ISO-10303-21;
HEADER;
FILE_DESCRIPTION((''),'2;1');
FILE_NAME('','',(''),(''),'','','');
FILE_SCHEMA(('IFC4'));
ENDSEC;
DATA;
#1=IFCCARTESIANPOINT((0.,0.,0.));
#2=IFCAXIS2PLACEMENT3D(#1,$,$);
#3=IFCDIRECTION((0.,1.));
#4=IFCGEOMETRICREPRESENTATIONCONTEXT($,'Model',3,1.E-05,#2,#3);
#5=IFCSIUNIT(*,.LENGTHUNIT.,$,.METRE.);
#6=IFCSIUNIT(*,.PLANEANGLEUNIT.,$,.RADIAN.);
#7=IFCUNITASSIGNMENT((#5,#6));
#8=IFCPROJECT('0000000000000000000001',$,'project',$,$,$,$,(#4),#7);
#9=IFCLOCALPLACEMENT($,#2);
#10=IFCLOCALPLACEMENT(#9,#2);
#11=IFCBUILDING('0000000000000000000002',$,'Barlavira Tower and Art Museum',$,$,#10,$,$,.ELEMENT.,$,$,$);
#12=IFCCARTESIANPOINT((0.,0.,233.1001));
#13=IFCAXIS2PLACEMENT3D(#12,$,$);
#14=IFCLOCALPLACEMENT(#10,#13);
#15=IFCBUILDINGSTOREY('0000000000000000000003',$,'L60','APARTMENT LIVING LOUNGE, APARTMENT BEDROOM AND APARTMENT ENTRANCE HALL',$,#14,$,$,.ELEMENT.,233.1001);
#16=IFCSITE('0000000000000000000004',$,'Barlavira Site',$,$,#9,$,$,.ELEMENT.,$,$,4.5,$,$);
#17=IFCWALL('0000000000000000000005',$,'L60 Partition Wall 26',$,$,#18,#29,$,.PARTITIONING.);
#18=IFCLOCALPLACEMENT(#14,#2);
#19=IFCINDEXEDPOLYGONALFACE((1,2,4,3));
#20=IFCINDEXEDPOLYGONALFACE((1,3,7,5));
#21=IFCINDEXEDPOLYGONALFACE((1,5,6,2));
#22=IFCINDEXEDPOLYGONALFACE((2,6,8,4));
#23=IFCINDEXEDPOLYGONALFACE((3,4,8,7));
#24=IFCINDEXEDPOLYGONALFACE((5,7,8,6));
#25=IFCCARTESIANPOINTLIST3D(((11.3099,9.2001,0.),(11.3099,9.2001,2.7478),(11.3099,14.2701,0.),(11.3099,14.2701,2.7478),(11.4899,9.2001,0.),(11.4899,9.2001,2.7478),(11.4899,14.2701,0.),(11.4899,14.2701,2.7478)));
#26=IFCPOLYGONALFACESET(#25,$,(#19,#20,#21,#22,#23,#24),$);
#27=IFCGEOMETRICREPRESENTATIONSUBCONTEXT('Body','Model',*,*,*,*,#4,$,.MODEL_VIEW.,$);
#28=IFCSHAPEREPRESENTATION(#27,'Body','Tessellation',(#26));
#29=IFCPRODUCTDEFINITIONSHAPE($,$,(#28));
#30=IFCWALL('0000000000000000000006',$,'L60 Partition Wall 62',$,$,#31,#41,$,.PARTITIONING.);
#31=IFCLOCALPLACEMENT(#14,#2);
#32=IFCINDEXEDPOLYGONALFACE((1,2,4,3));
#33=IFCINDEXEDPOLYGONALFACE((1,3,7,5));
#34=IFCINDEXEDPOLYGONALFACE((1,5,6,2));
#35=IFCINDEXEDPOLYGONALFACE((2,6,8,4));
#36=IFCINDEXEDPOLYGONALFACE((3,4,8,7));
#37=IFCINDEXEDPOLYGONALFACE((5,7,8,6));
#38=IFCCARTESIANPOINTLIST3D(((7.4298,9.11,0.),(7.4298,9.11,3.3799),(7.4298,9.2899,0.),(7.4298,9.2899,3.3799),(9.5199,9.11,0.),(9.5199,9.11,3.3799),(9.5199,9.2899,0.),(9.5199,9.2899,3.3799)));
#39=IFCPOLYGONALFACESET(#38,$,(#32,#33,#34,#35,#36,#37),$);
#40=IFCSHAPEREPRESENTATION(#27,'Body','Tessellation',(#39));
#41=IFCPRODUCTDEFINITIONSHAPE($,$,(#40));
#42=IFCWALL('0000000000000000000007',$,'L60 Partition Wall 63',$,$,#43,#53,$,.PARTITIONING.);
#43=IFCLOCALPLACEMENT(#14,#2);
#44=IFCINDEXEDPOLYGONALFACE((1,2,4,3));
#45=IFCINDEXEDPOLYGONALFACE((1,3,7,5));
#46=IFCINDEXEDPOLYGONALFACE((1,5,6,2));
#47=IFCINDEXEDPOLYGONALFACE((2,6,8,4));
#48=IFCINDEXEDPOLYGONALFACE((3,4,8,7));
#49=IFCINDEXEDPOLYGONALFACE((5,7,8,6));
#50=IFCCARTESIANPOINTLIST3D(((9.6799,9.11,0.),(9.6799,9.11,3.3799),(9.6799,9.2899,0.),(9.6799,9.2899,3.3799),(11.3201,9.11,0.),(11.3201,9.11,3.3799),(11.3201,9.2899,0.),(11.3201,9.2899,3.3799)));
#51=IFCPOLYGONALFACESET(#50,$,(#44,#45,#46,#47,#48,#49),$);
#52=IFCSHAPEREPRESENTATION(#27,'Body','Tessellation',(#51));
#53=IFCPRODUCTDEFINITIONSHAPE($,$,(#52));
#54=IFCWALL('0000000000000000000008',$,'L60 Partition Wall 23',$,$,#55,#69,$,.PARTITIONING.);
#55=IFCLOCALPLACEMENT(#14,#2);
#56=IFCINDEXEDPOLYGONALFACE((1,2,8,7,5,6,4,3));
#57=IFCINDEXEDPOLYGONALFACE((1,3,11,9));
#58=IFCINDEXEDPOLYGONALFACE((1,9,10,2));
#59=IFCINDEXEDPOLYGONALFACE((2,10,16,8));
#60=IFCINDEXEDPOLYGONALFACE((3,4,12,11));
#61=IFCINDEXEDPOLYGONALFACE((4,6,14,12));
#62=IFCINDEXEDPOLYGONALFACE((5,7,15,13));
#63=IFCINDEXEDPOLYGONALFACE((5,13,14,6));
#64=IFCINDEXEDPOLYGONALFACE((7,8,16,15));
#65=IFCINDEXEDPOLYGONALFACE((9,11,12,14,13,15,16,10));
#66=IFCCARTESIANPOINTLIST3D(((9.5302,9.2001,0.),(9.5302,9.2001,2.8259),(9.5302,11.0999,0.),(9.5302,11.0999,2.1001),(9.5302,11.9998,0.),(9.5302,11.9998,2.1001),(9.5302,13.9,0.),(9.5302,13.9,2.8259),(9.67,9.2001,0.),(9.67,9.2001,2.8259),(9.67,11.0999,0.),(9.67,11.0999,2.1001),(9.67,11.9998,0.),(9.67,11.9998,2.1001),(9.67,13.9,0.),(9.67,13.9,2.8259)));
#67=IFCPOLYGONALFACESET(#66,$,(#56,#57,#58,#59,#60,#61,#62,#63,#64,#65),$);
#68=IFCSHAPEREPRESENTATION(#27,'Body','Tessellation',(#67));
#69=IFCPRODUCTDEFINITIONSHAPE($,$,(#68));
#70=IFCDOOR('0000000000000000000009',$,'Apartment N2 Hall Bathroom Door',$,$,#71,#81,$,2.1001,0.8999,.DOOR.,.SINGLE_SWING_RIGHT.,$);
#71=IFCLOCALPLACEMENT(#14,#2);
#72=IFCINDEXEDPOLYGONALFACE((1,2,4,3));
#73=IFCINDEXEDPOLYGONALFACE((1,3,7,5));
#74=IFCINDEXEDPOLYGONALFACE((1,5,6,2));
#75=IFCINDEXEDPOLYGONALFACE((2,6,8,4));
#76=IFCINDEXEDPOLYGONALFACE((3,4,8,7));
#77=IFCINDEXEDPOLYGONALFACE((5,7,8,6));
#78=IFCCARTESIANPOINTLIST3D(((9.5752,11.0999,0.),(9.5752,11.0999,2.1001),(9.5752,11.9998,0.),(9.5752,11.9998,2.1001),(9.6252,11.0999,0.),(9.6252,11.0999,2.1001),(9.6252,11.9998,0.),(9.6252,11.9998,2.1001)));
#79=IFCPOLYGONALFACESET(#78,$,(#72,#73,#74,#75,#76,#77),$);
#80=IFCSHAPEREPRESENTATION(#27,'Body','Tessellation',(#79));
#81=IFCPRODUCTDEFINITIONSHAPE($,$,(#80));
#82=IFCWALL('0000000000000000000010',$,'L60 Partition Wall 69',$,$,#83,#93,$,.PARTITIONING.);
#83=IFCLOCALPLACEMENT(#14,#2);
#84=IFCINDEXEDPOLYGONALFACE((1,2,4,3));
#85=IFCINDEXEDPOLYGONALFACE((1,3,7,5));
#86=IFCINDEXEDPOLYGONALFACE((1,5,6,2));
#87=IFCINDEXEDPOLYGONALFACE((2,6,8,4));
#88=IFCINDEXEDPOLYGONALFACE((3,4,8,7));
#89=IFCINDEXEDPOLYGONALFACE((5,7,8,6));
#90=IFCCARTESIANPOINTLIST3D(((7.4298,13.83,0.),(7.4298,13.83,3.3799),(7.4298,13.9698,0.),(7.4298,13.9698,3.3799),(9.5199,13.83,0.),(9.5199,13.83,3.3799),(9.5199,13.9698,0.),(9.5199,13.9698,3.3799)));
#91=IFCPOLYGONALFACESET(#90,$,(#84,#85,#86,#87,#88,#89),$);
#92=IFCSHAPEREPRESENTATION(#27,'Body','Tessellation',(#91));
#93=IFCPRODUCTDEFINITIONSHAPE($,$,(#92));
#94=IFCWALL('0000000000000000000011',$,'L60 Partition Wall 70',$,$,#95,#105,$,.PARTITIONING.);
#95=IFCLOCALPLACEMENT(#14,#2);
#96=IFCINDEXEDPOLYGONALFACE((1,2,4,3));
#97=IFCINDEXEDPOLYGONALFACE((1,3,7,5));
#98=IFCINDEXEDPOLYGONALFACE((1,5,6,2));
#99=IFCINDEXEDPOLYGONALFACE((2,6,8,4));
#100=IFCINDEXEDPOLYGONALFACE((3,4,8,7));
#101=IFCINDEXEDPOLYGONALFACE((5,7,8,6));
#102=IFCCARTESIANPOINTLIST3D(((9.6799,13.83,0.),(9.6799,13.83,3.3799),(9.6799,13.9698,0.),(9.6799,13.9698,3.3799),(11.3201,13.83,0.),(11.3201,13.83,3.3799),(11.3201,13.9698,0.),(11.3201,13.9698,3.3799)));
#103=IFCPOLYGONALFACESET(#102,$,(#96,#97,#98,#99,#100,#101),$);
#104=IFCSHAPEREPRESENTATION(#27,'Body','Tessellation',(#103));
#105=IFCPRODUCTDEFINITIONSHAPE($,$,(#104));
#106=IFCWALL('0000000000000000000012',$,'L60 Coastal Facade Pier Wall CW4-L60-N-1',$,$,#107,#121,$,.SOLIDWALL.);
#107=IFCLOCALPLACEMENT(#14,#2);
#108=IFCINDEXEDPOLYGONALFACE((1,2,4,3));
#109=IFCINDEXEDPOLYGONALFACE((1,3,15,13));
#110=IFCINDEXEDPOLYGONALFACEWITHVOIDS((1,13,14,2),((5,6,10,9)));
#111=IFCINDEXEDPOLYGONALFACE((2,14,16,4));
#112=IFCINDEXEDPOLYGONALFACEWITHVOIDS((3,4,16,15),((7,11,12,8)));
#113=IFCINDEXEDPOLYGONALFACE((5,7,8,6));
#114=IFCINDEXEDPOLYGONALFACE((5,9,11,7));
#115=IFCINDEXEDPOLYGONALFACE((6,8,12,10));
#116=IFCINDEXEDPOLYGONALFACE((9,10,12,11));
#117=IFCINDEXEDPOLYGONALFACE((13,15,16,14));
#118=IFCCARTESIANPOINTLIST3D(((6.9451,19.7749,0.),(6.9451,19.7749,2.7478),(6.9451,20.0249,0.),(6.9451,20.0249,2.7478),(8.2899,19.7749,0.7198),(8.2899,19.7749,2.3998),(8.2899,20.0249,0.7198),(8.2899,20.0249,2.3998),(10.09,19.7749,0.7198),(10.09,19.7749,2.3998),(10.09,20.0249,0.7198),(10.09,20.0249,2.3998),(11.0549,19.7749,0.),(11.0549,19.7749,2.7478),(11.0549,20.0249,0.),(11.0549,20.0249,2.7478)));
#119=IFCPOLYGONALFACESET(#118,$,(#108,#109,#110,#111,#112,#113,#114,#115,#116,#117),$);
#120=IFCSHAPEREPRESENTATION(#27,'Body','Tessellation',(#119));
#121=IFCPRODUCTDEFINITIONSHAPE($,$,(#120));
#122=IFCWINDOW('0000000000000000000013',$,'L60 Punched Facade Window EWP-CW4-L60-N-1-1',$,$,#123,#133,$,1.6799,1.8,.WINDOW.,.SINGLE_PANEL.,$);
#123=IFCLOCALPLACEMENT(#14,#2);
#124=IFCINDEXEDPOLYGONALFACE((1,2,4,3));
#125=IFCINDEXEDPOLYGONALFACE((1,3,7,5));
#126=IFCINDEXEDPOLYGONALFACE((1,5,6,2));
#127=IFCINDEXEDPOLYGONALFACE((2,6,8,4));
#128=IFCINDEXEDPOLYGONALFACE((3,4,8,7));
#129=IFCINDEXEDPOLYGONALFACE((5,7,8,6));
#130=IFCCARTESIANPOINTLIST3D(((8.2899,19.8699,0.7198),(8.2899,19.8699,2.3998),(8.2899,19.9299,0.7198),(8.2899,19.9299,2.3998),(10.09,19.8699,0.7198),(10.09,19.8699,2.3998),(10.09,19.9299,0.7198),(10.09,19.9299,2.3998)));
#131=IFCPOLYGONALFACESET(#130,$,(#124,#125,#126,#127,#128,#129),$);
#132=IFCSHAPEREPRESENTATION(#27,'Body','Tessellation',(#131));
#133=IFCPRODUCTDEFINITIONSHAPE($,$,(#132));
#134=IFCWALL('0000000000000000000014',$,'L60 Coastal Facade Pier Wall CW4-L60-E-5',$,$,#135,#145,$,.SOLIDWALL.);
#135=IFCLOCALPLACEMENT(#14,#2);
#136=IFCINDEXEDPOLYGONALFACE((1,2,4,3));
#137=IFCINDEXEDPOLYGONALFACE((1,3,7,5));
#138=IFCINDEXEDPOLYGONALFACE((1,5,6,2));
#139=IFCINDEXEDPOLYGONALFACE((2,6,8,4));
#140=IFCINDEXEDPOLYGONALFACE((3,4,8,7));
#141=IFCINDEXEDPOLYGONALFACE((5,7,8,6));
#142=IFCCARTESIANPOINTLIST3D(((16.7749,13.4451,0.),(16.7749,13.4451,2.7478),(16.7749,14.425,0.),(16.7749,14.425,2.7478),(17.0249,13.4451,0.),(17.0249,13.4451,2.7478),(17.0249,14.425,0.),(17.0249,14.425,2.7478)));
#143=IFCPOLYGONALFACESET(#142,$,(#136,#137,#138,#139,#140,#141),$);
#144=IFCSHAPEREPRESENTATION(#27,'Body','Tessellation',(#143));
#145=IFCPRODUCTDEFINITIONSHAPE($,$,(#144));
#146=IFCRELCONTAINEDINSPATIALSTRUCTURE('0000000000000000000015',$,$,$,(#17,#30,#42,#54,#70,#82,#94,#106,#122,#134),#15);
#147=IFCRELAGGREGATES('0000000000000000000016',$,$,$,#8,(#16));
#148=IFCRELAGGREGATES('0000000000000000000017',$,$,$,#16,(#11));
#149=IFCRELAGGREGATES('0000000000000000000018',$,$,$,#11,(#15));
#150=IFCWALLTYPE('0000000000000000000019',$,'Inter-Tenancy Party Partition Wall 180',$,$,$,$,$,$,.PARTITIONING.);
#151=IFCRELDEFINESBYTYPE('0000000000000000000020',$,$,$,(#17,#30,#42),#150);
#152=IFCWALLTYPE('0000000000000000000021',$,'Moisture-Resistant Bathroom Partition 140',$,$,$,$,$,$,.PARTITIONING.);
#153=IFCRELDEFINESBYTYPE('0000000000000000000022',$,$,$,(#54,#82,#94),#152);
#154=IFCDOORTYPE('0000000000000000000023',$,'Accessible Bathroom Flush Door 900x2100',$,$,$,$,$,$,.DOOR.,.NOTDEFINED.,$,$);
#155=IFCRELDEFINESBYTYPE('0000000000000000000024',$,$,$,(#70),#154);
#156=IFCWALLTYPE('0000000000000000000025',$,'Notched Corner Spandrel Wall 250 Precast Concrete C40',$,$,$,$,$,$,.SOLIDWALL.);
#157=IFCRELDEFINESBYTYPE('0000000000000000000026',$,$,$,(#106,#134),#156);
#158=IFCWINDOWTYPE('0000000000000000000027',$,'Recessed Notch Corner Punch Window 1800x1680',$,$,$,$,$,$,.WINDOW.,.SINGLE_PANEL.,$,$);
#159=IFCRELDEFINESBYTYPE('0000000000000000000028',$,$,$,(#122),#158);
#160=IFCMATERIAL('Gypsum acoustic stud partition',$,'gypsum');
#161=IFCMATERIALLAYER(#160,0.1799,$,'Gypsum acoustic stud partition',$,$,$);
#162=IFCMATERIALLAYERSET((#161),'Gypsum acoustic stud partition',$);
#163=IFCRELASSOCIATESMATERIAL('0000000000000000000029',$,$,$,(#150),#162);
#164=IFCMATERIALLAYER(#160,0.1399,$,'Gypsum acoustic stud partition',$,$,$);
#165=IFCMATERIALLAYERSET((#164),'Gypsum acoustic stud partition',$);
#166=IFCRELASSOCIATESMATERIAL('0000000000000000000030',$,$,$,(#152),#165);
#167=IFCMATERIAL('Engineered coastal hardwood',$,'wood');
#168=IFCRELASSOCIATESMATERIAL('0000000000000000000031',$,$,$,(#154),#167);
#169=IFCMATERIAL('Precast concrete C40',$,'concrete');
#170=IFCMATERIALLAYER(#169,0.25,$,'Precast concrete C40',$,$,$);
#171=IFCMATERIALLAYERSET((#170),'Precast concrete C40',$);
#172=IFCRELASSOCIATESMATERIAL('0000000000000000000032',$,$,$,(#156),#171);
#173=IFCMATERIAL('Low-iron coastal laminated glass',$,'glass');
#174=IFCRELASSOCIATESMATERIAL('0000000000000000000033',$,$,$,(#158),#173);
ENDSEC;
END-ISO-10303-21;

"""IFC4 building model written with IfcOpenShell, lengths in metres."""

from ifc_helpers import new_model, si_unit, direction, frame, frame_2d, origin, place, context, subcontext, project, spatial, rectangle, extrude, material, layer, layer_set, type_object, element, fill, save


model = new_model("IFC4")

# Units and contexts
model_context = context("Model", 3, precision=1e-05, world=origin(), true_north=direction((0.0, 1.0)))
body_context = subcontext(model_context, "Body", "Model", "MODEL_VIEW")
ifc_project = project(units=[si_unit("LENGTHUNIT", "METRE"), si_unit("PLANEANGLEUNIT", "RADIAN")], contexts=[model_context])

# Site, building, storey
site_placement = place(None, origin())
site = spatial("IfcSite", under=ifc_project, at=site_placement, Name="Barlavira Site", CompositionType="ELEMENT", RefElevation=4.5)
building_placement = place(site_placement, origin())
building = spatial("IfcBuilding", under=site, at=building_placement, Name="Barlavira Tower and Art Museum", CompositionType="ELEMENT")
storey_placement = place(building_placement, frame((0.0, 0.0, 233.1001)))
storey = spatial("IfcBuildingStorey", under=building, at=storey_placement, Name="L60", Description="APARTMENT LIVING LOUNGE, APARTMENT BEDROOM AND APARTMENT ENTRANCE HALL", CompositionType="ELEMENT", Elevation=233.1001)

# Shared definitions
ifc_material_1 = material(Name="Gypsum acoustic stud partition", Category="gypsum")
ifc_material_2 = material(Name="Engineered coastal hardwood", Category="wood")

# Walls
ifc_layer_1 = layer(ifc_material_1, 0.1799, Name="Gypsum acoustic stud partition")
ifc_layer_set_1 = layer_set([ifc_layer_1], Name="Gypsum acoustic stud partition")
wall_type_1 = type_object("IfcWallType", Name="Inter-Tenancy Party Partition Wall 180", PredefinedType="PARTITIONING", material=ifc_layer_set_1)
wall_1_placement = place(storey_placement, frame((11.3999, 9.2, 0.0), z_axis=(0.0, 0.0, 1.0), x_axis=(0.0, 1.0, 0.0)))
element("IfcWall", 1, at=wall_1_placement, inside=storey, type_object=wall_type_1, Name="L60 Partition Wall 26", PredefinedType="PARTITIONING", context=body_context, shape_type="SweptSolid", body=[
    extrude(rectangle(XDim=5.0701, YDim=0.1799, at=frame_2d((2.5352, 0.0))), origin(), (0.0, 0.0, 1.0), 2.7478),
])
wall_2_placement = place(storey_placement, frame((7.4299, 9.2, 0.0), z_axis=(0.0, 0.0, 1.0), x_axis=(1.0, 0.0, 0.0)))
element("IfcWall", 2, at=wall_2_placement, inside=storey, type_object=wall_type_1, Name="L60 Partition Wall 62", PredefinedType="PARTITIONING", context=body_context, shape_type="SweptSolid", body=[
    extrude(rectangle(XDim=2.0901, YDim=0.1799, at=frame_2d((1.0449, 0.0))), origin(), (0.0, 0.0, 1.0), 3.3799),
])
wall_3_placement = place(storey_placement, frame((9.6799, 9.2, 0.0), z_axis=(0.0, 0.0, 1.0), x_axis=(1.0, 0.0, 0.0)))
element("IfcWall", 3, at=wall_3_placement, inside=storey, type_object=wall_type_1, Name="L60 Partition Wall 63", PredefinedType="PARTITIONING", context=body_context, shape_type="SweptSolid", body=[
    extrude(rectangle(XDim=1.6401, YDim=0.1799, at=frame_2d((0.8201, 0.0))), origin(), (0.0, 0.0, 1.0), 3.3799),
])

# Wall, opening, door
ifc_layer_2 = layer(ifc_material_1, 0.1399, Name="Gypsum acoustic stud partition")
ifc_layer_set_2 = layer_set([ifc_layer_2], Name="Gypsum acoustic stud partition")
wall_type_2 = type_object("IfcWallType", Name="Moisture-Resistant Bathroom Partition 140", PredefinedType="PARTITIONING", material=ifc_layer_set_2)
wall_4_placement = place(storey_placement, frame((9.6001, 9.2, 0.0), z_axis=(0.0, 0.0, 1.0), x_axis=(0.0, 1.0, 0.0)))
wall_4 = element("IfcWall", 4, at=wall_4_placement, inside=storey, type_object=wall_type_2, Name="L60 Partition Wall 23", PredefinedType="PARTITIONING", context=body_context, shape_type="SweptSolid", body=[
    extrude(rectangle(XDim=4.7, YDim=0.1399, at=frame_2d((2.3501, 0.0))), origin(), (0.0, 0.0, 1.0), 2.8259),
])
opening_1_placement = place(wall_4_placement, frame((1.8999, 0.0, 0.0)))
opening_1 = element("IfcOpeningElement", 5, at=opening_1_placement, cuts=wall_4, PredefinedType="OPENING", context=body_context, shape_type="SweptSolid", body=[
    extrude(rectangle(XDim=0.8999, YDim=2.1001, at=frame_2d((0.45, 1.05))), frame((0.0, 0.0801, 0.0), z_axis=(0.0, -1.0, 0.0), x_axis=(1.0, 0.0, 0.0)), (0.0, 0.0, 1.0), 0.1599),
])
door_type_1 = type_object("IfcDoorType", Name="Accessible Bathroom Flush Door 900x2100", OperationType="NOTDEFINED", PredefinedType="DOOR", material=ifc_material_2)
door_1_placement = place(opening_1_placement, origin())
door_1 = element("IfcDoor", 6, at=door_1_placement, inside=storey, type_object=door_type_1, Name="Apartment N2 Hall Bathroom Door", OperationType="SINGLE_SWING_RIGHT", OverallHeight=2.1001, OverallWidth=0.8999, PredefinedType="DOOR", context=body_context, shape_type="SweptSolid", body=[
    extrude(rectangle(XDim=0.8999, YDim=2.1001, at=frame_2d((0.45, 1.05))), frame((0.0, 0.0249, 0.0), z_axis=(0.0, -1.0, 0.0), x_axis=(1.0, 0.0, 0.0)), (0.0, 0.0, 1.0), 0.05),
])
fill(opening_1, door_1)

# Walls
wall_5_placement = place(storey_placement, frame((7.4299, 13.8999, 0.0), z_axis=(0.0, 0.0, 1.0), x_axis=(1.0, 0.0, 0.0)))
element("IfcWall", 7, at=wall_5_placement, inside=storey, type_object=wall_type_2, Name="L60 Partition Wall 69", PredefinedType="PARTITIONING", context=body_context, shape_type="SweptSolid", body=[
    extrude(rectangle(XDim=2.0901, YDim=0.1399, at=frame_2d((1.0449, 0.0))), origin(), (0.0, 0.0, 1.0), 3.3799),
])
wall_6_placement = place(storey_placement, frame((9.6799, 13.8999, 0.0), z_axis=(0.0, 0.0, 1.0), x_axis=(1.0, 0.0, 0.0)))
element("IfcWall", 8, at=wall_6_placement, inside=storey, type_object=wall_type_2, Name="L60 Partition Wall 70", PredefinedType="PARTITIONING", context=body_context, shape_type="SweptSolid", body=[
    extrude(rectangle(XDim=1.6401, YDim=0.1399, at=frame_2d((0.8201, 0.0))), origin(), (0.0, 0.0, 1.0), 3.3799),
])

# Wall, opening, window
ifc_material_3 = material(Name="Precast concrete C40", Category="concrete")
ifc_layer_3 = layer(ifc_material_3, 0.25, Name="Precast concrete C40")
ifc_layer_set_3 = layer_set([ifc_layer_3], Name="Precast concrete C40")
wall_type_3 = type_object("IfcWallType", Name="Notched Corner Spandrel Wall 250 Precast Concrete C40", PredefinedType="SOLIDWALL", material=ifc_layer_set_3)
wall_7_placement = place(storey_placement, frame((11.0549, 19.8999, 0.0), z_axis=(0.0, 0.0, 1.0), x_axis=(-1.0, 0.0, 0.0)))
wall_7 = element("IfcWall", 9, at=wall_7_placement, inside=storey, type_object=wall_type_3, Name="L60 Coastal Facade Pier Wall CW4-L60-N-1", PredefinedType="SOLIDWALL", context=body_context, shape_type="SweptSolid", body=[
    extrude(rectangle(XDim=4.1099, YDim=0.25, at=frame_2d((2.0549, 0.0))), origin(), (0.0, 0.0, 1.0), 2.7478),
])
opening_2_placement = place(wall_7_placement, frame((0.9651, 0.0, 0.72)))
opening_2 = element("IfcOpeningElement", 10, at=opening_2_placement, cuts=wall_7, PredefinedType="OPENING", context=body_context, shape_type="SweptSolid", body=[
    extrude(rectangle(XDim=1.8, YDim=1.6799, at=frame_2d((0.8999, 0.8398))), frame((0.0, 0.135, 0.0), z_axis=(0.0, -1.0, 0.0), x_axis=(1.0, 0.0, 0.0)), (0.0, 0.0, 1.0), 0.27),
])
ifc_material_4 = material(Name="Low-iron coastal laminated glass", Category="glass")
window_type = type_object("IfcWindowType", Name="Recessed Notch Corner Punch Window 1800x1680", PartitioningType="SINGLE_PANEL", PredefinedType="WINDOW", material=ifc_material_4)
window_1_placement = place(opening_2_placement, origin())
window_1 = element("IfcWindow", 11, at=window_1_placement, inside=storey, type_object=window_type, Name="L60 Punched Facade Window EWP-CW4-L60-N-1-1", OverallHeight=1.6799, OverallWidth=1.8, PartitioningType="SINGLE_PANEL", PredefinedType="WINDOW", context=body_context, shape_type="SweptSolid", body=[
    extrude(rectangle(XDim=1.8, YDim=1.6799, at=frame_2d((0.8999, 0.8398))), frame((0.0, 0.03, 0.0), z_axis=(0.0, -1.0, 0.0), x_axis=(1.0, 0.0, 0.0)), (0.0, 0.0, 1.0), 0.0601),
])
fill(opening_2, window_1)

# Wall
wall_8_placement = place(storey_placement, frame((16.8999, 13.4451, 0.0), z_axis=(0.0, 0.0, 1.0), x_axis=(0.0, 1.0, 0.0)))
element("IfcWall", 12, at=wall_8_placement, inside=storey, type_object=wall_type_3, Name="L60 Coastal Facade Pier Wall CW4-L60-E-5", PredefinedType="SOLIDWALL", context=body_context, shape_type="SweptSolid", body=[
    extrude(rectangle(XDim=0.98, YDim=0.25, at=frame_2d((0.49, 0.0))), origin(), (0.0, 0.0, 1.0), 2.7478),
])

save(model, "model.ifc")
